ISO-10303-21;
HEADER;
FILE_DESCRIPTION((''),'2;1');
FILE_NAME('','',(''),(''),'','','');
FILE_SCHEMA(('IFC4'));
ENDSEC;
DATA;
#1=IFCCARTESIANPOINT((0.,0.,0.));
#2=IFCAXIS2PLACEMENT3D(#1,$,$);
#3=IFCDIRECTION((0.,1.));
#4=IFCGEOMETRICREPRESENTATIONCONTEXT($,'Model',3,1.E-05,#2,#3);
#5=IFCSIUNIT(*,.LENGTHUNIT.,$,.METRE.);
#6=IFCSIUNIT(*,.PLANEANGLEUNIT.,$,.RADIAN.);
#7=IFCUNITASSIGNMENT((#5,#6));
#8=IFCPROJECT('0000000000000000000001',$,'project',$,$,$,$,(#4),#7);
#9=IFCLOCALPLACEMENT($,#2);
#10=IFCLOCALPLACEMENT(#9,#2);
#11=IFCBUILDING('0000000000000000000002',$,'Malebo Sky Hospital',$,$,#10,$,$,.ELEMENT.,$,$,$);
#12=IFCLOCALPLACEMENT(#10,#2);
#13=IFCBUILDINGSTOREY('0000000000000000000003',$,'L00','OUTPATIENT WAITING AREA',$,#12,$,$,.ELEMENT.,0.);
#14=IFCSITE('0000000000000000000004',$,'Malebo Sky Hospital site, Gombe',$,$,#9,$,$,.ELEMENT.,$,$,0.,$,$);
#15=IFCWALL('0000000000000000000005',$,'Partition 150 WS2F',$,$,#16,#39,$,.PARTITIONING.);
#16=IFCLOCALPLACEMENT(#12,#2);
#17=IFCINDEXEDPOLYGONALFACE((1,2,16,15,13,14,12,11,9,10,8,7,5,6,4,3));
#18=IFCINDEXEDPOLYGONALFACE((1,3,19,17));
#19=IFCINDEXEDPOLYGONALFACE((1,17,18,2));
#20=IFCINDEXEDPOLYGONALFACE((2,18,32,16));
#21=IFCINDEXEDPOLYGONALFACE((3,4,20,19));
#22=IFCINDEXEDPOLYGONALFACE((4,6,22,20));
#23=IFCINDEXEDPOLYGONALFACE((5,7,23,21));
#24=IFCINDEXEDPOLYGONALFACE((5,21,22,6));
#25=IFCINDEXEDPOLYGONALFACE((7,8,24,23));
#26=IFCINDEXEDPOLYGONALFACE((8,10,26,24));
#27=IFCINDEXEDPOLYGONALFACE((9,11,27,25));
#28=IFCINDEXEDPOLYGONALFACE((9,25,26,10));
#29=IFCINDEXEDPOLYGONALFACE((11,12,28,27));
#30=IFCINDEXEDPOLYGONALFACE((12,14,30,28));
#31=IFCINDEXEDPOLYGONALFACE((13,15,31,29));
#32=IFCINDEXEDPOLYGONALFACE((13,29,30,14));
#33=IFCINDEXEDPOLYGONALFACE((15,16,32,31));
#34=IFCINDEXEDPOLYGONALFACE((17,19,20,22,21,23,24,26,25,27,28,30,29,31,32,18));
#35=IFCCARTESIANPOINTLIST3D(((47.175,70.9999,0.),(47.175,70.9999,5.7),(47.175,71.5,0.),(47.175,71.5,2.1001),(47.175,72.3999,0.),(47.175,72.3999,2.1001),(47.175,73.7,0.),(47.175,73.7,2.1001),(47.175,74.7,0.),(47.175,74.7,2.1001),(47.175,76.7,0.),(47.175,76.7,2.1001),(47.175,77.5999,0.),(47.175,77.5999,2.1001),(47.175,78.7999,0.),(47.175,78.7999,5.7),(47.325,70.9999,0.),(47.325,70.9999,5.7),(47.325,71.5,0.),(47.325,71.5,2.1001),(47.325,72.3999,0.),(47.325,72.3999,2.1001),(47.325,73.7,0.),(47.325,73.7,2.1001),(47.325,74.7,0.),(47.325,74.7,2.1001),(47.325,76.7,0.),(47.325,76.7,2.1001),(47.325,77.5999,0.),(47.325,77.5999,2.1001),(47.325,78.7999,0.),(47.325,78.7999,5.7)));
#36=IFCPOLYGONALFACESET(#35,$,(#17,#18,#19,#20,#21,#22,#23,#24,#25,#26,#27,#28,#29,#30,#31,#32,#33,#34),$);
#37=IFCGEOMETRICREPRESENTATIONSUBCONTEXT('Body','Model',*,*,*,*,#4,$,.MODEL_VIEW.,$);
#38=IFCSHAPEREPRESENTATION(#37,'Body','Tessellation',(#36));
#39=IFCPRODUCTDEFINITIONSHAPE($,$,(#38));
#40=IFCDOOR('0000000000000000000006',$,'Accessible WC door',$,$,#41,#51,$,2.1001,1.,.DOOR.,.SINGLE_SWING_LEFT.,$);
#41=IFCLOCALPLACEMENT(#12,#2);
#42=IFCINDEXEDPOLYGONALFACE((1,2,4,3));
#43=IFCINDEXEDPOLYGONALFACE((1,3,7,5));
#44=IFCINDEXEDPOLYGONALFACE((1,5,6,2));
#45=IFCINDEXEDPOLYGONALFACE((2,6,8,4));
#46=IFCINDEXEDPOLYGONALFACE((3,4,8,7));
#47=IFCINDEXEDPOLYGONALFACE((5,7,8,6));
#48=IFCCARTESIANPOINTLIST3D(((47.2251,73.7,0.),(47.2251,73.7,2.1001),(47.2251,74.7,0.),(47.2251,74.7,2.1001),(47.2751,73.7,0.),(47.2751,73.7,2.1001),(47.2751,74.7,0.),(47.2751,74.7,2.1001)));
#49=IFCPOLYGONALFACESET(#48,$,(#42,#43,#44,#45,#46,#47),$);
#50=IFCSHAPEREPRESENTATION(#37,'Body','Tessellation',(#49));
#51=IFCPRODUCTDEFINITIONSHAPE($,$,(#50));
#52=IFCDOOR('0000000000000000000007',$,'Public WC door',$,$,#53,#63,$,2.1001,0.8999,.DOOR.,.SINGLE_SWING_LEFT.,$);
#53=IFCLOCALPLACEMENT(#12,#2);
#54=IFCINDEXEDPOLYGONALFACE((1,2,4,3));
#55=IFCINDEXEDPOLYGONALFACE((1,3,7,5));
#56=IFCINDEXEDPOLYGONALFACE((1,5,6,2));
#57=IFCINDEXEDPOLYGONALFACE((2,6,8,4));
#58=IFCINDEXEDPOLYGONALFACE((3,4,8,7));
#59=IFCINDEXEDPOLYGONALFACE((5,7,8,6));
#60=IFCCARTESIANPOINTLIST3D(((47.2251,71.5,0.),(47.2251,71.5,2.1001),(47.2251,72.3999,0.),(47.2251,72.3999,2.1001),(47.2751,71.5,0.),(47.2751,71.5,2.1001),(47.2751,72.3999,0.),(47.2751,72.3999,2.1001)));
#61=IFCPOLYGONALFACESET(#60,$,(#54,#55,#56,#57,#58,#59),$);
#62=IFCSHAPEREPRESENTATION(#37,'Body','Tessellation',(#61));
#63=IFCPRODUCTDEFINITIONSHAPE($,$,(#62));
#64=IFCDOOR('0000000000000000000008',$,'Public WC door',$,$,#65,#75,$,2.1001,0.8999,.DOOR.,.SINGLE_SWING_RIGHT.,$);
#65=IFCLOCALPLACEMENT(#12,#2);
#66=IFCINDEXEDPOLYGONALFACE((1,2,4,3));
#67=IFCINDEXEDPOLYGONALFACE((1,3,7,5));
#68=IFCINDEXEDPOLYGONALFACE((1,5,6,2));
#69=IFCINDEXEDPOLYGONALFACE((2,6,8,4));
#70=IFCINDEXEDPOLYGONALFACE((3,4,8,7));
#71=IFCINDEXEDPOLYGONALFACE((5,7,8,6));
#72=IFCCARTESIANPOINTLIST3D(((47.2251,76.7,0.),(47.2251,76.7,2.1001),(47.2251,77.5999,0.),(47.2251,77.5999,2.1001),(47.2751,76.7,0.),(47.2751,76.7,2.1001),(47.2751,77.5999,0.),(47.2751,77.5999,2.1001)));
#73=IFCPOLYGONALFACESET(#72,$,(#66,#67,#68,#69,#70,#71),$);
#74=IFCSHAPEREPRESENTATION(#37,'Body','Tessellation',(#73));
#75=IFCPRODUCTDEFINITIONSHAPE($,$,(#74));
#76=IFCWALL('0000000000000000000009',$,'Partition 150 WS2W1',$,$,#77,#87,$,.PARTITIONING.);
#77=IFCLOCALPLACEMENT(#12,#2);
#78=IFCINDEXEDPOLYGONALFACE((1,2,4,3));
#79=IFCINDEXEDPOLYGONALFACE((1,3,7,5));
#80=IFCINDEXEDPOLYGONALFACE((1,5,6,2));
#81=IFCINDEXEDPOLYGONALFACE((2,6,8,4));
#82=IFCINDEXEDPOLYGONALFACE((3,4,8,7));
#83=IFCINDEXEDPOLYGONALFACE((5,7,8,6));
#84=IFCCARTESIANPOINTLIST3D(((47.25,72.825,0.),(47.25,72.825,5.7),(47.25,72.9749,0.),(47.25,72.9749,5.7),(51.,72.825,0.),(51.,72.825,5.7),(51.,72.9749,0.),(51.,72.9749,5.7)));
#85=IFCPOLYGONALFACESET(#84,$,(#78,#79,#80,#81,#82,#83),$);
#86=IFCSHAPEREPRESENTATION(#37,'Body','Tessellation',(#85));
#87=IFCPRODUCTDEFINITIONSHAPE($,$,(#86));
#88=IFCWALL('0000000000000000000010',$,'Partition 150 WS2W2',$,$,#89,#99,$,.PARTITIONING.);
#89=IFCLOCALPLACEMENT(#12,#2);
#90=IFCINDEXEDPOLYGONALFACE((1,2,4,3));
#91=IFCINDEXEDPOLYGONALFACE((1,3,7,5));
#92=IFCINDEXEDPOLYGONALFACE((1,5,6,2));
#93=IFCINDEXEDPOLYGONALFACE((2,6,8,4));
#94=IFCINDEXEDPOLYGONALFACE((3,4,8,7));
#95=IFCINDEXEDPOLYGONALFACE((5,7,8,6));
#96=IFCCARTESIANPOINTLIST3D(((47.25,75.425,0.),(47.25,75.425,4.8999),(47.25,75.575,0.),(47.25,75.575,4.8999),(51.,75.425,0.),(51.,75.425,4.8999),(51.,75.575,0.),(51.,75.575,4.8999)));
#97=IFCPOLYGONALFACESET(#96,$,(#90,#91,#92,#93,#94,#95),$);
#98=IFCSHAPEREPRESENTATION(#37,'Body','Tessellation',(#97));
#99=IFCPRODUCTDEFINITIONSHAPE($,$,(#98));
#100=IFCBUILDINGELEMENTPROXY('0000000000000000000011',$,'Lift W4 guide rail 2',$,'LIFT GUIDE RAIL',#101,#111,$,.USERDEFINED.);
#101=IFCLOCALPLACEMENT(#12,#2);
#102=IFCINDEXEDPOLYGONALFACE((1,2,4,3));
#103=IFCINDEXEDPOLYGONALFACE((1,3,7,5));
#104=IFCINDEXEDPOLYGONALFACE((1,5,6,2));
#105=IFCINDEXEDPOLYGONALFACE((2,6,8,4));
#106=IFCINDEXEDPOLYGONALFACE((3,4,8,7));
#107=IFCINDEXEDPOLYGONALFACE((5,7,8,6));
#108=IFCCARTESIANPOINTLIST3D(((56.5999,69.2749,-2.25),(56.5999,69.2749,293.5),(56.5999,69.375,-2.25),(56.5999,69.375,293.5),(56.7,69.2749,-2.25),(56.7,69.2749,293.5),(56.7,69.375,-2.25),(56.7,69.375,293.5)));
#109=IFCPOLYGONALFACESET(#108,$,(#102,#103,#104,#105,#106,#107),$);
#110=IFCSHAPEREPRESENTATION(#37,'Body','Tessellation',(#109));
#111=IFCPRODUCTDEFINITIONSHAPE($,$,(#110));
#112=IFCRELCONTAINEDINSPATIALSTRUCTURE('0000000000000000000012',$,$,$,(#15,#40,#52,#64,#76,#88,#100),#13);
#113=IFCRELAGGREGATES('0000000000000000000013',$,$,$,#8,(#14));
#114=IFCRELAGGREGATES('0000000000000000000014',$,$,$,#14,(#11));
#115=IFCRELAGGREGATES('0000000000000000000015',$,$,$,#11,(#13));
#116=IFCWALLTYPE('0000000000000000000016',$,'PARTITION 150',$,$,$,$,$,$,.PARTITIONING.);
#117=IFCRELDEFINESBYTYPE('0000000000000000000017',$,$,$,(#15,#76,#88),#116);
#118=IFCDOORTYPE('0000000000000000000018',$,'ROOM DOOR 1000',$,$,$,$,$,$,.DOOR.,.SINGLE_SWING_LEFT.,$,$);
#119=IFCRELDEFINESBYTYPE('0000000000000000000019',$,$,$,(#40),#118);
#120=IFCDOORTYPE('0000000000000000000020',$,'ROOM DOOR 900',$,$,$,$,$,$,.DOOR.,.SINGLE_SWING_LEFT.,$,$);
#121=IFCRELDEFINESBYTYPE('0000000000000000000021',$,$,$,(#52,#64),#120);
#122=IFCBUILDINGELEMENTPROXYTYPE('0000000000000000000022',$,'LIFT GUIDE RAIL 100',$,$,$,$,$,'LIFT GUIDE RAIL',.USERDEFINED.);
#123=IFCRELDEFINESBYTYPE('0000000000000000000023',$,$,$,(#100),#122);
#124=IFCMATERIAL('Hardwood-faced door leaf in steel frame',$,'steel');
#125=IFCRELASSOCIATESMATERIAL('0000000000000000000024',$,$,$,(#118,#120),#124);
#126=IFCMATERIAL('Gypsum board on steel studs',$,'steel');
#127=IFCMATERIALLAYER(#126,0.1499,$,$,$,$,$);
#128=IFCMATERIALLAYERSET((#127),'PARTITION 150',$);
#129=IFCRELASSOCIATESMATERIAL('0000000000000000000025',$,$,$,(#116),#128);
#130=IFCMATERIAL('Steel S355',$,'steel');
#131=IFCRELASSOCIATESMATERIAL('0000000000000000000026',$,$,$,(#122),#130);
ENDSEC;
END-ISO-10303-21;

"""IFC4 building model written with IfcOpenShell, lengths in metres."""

from ifc_helpers import new_model, si_unit, direction, frame, frame_2d, origin, origin_2d, place, context, subcontext, project, spatial, rectangle, extrude, material, layer, layer_set, type_object, element, fill, save


model = new_model("IFC4")

# Units and contexts
model_context = context("Model", 3, precision=1e-05, world=origin(), true_north=direction((0.0, 1.0)))
body_context = subcontext(model_context, "Body", "Model", "MODEL_VIEW")
ifc_project = project(units=[si_unit("LENGTHUNIT", "METRE"), si_unit("PLANEANGLEUNIT", "RADIAN")], contexts=[model_context])

# Site, building, storey
site_placement = place(None, origin())
site = spatial("IfcSite", under=ifc_project, at=site_placement, Name="Malebo Sky Hospital site, Gombe", CompositionType="ELEMENT", RefElevation=0.0)
building_placement = place(site_placement, origin())
building = spatial("IfcBuilding", under=site, at=building_placement, Name="Malebo Sky Hospital", CompositionType="ELEMENT")
storey_placement = place(building_placement, origin())
storey = spatial("IfcBuildingStorey", under=building, at=storey_placement, Name="L00", Description="OUTPATIENT WAITING AREA", CompositionType="ELEMENT", Elevation=0.0)

# Shared definitions
ifc_material_1 = material(Name="Hardwood-faced door leaf in steel frame", Category="steel")
ifc_material_2 = material(Name="Gypsum board on steel studs", Category="steel")
door_type_1 = type_object("IfcDoorType", Name="ROOM DOOR 1000", OperationType="SINGLE_SWING_LEFT", PredefinedType="DOOR", material=ifc_material_1)

# Shared definitions
ifc_layer_1 = layer(ifc_material_2, 0.1499)
ifc_layer_set_1 = layer_set([ifc_layer_1], Name="PARTITION 150")
wall_type_1 = type_object("IfcWallType", Name="PARTITION 150", PredefinedType="PARTITIONING", material=ifc_layer_set_1)

# Wall, openings, doors
wall_1_placement = place(storey_placement, frame((47.25, 71.0, 0.0), z_axis=(0.0, 0.0, 1.0), x_axis=(0.0, 1.0, 0.0)))
wall_1 = element("IfcWall", 1, at=wall_1_placement, inside=storey, type_object=wall_type_1, Name="Partition 150 WS2F", PredefinedType="PARTITIONING", context=body_context, shape_type="SweptSolid", body=[
    extrude(rectangle(XDim=7.8, YDim=0.1499, at=frame_2d((3.8999, 0.0))), origin(), (0.0, 0.0, 1.0), 5.7),
])
opening_1_placement = place(wall_1_placement, frame((0.5, 0.0, 0.0)))
opening_1 = element("IfcOpeningElement", 2, at=opening_1_placement, cuts=wall_1, PredefinedType="OPENING", context=body_context, shape_type="SweptSolid", body=[
    extrude(rectangle(XDim=0.8999, YDim=2.1001, at=frame_2d((0.45, 1.05))), frame((0.0, 0.085, 0.0), z_axis=(0.0, -1.0, 0.0), x_axis=(1.0, 0.0, 0.0)), (0.0, 0.0, 1.0), 0.1699),
])
opening_2_placement = place(wall_1_placement, frame((2.7, 0.0, 0.0)))
opening_2 = element("IfcOpeningElement", 3, at=opening_2_placement, cuts=wall_1, PredefinedType="OPENING", context=body_context, shape_type="SweptSolid", body=[
    extrude(rectangle(XDim=1.0, YDim=2.1001, at=frame_2d((0.5, 1.05))), frame((0.0, 0.085, 0.0), z_axis=(0.0, -1.0, 0.0), x_axis=(1.0, 0.0, 0.0)), (0.0, 0.0, 1.0), 0.1699),
])
opening_3_placement = place(wall_1_placement, frame((5.7, 0.0, 0.0)))
opening_3 = element("IfcOpeningElement", 4, at=opening_3_placement, cuts=wall_1, PredefinedType="OPENING", context=body_context, shape_type="SweptSolid", body=[
    extrude(rectangle(XDim=0.8999, YDim=2.1001, at=frame_2d((0.45, 1.05))), frame((0.0, 0.085, 0.0), z_axis=(0.0, -1.0, 0.0), x_axis=(1.0, 0.0, 0.0)), (0.0, 0.0, 1.0), 0.1699),
])
door_1_placement = place(opening_2_placement, origin())
door_1 = element("IfcDoor", 5, at=door_1_placement, inside=storey, type_object=door_type_1, Name="Accessible WC door", OperationType="SINGLE_SWING_LEFT", OverallHeight=2.1001, OverallWidth=1.0, PredefinedType="DOOR", context=body_context, shape_type="SweptSolid", body=[
    extrude(rectangle(XDim=1.0, YDim=2.1001, at=frame_2d((0.5, 1.05))), frame((0.0, 0.0249, 0.0), z_axis=(0.0, -1.0, 0.0), x_axis=(1.0, 0.0, 0.0)), (0.0, 0.0, 1.0), 0.05),
])
fill(opening_2, door_1)
door_type_2 = type_object("IfcDoorType", Name="ROOM DOOR 900", OperationType="SINGLE_SWING_LEFT", PredefinedType="DOOR", material=ifc_material_1)
door_2_placement = place(opening_1_placement, origin())
door_2 = element("IfcDoor", 6, at=door_2_placement, inside=storey, type_object=door_type_2, Name="Public WC door", OperationType="SINGLE_SWING_LEFT", OverallHeight=2.1001, OverallWidth=0.8999, PredefinedType="DOOR", context=body_context, shape_type="SweptSolid", body=[
    extrude(rectangle(XDim=0.8999, YDim=2.1001, at=frame_2d((0.45, 1.05))), frame((0.0, 0.0249, 0.0), z_axis=(0.0, -1.0, 0.0), x_axis=(1.0, 0.0, 0.0)), (0.0, 0.0, 1.0), 0.05),
])
fill(opening_1, door_2)
door_3_placement = place(opening_3_placement, origin())
door_3 = element("IfcDoor", 7, at=door_3_placement, inside=storey, type_object=door_type_2, Name="Public WC door", OperationType="SINGLE_SWING_RIGHT", OverallHeight=2.1001, OverallWidth=0.8999, PredefinedType="DOOR", context=body_context, shape_type="SweptSolid", body=[
    extrude(rectangle(XDim=0.8999, YDim=2.1001, at=frame_2d((0.45, 1.05))), frame((0.0, 0.0249, 0.0), z_axis=(0.0, -1.0, 0.0), x_axis=(1.0, 0.0, 0.0)), (0.0, 0.0, 1.0), 0.05),
])
fill(opening_3, door_3)

# Walls
wall_2_placement = place(storey_placement, frame((51.0, 72.8999, 0.0), z_axis=(0.0, 0.0, 1.0), x_axis=(-1.0, 0.0, 0.0)))
element("IfcWall", 8, at=wall_2_placement, inside=storey, type_object=wall_type_1, Name="Partition 150 WS2W1", PredefinedType="PARTITIONING", context=body_context, shape_type="SweptSolid", body=[
    extrude(rectangle(XDim=3.75, YDim=0.1499, at=frame_2d((1.875, 0.0))), origin(), (0.0, 0.0, 1.0), 5.7),
])
wall_3_placement = place(storey_placement, frame((51.0, 75.5, 0.0), z_axis=(0.0, 0.0, 1.0), x_axis=(-1.0, 0.0, 0.0)))
element("IfcWall", 9, at=wall_3_placement, inside=storey, type_object=wall_type_1, Name="Partition 150 WS2W2", PredefinedType="PARTITIONING", context=body_context, shape_type="SweptSolid", body=[
    extrude(rectangle(XDim=3.75, YDim=0.1499, at=frame_2d((1.875, 0.0))), origin(), (0.0, 0.0, 1.0), 4.8999),
])

# Building element proxy
ifc_material_3 = material(Name="Steel S355", Category="steel")
building_element_proxy_type = type_object("IfcBuildingElementProxyType", Name="LIFT GUIDE RAIL 100", ElementType="LIFT GUIDE RAIL", PredefinedType="USERDEFINED", material=ifc_material_3)
proxy_placement = place(storey_placement, frame((56.6499, 69.325, 0.0)))
element("IfcBuildingElementProxy", 10, at=proxy_placement, inside=storey, type_object=building_element_proxy_type, Name="Lift W4 guide rail 2", ObjectType="LIFT GUIDE RAIL", PredefinedType="USERDEFINED", context=body_context, shape_type="SweptSolid", body=[
    extrude(rectangle(XDim=0.1001, YDim=0.1001, at=origin_2d()), frame((0.0, 0.0, -2.25)), (0.0, 0.0, 1.0), 295.75),
])

save(model, "model.ifc")
